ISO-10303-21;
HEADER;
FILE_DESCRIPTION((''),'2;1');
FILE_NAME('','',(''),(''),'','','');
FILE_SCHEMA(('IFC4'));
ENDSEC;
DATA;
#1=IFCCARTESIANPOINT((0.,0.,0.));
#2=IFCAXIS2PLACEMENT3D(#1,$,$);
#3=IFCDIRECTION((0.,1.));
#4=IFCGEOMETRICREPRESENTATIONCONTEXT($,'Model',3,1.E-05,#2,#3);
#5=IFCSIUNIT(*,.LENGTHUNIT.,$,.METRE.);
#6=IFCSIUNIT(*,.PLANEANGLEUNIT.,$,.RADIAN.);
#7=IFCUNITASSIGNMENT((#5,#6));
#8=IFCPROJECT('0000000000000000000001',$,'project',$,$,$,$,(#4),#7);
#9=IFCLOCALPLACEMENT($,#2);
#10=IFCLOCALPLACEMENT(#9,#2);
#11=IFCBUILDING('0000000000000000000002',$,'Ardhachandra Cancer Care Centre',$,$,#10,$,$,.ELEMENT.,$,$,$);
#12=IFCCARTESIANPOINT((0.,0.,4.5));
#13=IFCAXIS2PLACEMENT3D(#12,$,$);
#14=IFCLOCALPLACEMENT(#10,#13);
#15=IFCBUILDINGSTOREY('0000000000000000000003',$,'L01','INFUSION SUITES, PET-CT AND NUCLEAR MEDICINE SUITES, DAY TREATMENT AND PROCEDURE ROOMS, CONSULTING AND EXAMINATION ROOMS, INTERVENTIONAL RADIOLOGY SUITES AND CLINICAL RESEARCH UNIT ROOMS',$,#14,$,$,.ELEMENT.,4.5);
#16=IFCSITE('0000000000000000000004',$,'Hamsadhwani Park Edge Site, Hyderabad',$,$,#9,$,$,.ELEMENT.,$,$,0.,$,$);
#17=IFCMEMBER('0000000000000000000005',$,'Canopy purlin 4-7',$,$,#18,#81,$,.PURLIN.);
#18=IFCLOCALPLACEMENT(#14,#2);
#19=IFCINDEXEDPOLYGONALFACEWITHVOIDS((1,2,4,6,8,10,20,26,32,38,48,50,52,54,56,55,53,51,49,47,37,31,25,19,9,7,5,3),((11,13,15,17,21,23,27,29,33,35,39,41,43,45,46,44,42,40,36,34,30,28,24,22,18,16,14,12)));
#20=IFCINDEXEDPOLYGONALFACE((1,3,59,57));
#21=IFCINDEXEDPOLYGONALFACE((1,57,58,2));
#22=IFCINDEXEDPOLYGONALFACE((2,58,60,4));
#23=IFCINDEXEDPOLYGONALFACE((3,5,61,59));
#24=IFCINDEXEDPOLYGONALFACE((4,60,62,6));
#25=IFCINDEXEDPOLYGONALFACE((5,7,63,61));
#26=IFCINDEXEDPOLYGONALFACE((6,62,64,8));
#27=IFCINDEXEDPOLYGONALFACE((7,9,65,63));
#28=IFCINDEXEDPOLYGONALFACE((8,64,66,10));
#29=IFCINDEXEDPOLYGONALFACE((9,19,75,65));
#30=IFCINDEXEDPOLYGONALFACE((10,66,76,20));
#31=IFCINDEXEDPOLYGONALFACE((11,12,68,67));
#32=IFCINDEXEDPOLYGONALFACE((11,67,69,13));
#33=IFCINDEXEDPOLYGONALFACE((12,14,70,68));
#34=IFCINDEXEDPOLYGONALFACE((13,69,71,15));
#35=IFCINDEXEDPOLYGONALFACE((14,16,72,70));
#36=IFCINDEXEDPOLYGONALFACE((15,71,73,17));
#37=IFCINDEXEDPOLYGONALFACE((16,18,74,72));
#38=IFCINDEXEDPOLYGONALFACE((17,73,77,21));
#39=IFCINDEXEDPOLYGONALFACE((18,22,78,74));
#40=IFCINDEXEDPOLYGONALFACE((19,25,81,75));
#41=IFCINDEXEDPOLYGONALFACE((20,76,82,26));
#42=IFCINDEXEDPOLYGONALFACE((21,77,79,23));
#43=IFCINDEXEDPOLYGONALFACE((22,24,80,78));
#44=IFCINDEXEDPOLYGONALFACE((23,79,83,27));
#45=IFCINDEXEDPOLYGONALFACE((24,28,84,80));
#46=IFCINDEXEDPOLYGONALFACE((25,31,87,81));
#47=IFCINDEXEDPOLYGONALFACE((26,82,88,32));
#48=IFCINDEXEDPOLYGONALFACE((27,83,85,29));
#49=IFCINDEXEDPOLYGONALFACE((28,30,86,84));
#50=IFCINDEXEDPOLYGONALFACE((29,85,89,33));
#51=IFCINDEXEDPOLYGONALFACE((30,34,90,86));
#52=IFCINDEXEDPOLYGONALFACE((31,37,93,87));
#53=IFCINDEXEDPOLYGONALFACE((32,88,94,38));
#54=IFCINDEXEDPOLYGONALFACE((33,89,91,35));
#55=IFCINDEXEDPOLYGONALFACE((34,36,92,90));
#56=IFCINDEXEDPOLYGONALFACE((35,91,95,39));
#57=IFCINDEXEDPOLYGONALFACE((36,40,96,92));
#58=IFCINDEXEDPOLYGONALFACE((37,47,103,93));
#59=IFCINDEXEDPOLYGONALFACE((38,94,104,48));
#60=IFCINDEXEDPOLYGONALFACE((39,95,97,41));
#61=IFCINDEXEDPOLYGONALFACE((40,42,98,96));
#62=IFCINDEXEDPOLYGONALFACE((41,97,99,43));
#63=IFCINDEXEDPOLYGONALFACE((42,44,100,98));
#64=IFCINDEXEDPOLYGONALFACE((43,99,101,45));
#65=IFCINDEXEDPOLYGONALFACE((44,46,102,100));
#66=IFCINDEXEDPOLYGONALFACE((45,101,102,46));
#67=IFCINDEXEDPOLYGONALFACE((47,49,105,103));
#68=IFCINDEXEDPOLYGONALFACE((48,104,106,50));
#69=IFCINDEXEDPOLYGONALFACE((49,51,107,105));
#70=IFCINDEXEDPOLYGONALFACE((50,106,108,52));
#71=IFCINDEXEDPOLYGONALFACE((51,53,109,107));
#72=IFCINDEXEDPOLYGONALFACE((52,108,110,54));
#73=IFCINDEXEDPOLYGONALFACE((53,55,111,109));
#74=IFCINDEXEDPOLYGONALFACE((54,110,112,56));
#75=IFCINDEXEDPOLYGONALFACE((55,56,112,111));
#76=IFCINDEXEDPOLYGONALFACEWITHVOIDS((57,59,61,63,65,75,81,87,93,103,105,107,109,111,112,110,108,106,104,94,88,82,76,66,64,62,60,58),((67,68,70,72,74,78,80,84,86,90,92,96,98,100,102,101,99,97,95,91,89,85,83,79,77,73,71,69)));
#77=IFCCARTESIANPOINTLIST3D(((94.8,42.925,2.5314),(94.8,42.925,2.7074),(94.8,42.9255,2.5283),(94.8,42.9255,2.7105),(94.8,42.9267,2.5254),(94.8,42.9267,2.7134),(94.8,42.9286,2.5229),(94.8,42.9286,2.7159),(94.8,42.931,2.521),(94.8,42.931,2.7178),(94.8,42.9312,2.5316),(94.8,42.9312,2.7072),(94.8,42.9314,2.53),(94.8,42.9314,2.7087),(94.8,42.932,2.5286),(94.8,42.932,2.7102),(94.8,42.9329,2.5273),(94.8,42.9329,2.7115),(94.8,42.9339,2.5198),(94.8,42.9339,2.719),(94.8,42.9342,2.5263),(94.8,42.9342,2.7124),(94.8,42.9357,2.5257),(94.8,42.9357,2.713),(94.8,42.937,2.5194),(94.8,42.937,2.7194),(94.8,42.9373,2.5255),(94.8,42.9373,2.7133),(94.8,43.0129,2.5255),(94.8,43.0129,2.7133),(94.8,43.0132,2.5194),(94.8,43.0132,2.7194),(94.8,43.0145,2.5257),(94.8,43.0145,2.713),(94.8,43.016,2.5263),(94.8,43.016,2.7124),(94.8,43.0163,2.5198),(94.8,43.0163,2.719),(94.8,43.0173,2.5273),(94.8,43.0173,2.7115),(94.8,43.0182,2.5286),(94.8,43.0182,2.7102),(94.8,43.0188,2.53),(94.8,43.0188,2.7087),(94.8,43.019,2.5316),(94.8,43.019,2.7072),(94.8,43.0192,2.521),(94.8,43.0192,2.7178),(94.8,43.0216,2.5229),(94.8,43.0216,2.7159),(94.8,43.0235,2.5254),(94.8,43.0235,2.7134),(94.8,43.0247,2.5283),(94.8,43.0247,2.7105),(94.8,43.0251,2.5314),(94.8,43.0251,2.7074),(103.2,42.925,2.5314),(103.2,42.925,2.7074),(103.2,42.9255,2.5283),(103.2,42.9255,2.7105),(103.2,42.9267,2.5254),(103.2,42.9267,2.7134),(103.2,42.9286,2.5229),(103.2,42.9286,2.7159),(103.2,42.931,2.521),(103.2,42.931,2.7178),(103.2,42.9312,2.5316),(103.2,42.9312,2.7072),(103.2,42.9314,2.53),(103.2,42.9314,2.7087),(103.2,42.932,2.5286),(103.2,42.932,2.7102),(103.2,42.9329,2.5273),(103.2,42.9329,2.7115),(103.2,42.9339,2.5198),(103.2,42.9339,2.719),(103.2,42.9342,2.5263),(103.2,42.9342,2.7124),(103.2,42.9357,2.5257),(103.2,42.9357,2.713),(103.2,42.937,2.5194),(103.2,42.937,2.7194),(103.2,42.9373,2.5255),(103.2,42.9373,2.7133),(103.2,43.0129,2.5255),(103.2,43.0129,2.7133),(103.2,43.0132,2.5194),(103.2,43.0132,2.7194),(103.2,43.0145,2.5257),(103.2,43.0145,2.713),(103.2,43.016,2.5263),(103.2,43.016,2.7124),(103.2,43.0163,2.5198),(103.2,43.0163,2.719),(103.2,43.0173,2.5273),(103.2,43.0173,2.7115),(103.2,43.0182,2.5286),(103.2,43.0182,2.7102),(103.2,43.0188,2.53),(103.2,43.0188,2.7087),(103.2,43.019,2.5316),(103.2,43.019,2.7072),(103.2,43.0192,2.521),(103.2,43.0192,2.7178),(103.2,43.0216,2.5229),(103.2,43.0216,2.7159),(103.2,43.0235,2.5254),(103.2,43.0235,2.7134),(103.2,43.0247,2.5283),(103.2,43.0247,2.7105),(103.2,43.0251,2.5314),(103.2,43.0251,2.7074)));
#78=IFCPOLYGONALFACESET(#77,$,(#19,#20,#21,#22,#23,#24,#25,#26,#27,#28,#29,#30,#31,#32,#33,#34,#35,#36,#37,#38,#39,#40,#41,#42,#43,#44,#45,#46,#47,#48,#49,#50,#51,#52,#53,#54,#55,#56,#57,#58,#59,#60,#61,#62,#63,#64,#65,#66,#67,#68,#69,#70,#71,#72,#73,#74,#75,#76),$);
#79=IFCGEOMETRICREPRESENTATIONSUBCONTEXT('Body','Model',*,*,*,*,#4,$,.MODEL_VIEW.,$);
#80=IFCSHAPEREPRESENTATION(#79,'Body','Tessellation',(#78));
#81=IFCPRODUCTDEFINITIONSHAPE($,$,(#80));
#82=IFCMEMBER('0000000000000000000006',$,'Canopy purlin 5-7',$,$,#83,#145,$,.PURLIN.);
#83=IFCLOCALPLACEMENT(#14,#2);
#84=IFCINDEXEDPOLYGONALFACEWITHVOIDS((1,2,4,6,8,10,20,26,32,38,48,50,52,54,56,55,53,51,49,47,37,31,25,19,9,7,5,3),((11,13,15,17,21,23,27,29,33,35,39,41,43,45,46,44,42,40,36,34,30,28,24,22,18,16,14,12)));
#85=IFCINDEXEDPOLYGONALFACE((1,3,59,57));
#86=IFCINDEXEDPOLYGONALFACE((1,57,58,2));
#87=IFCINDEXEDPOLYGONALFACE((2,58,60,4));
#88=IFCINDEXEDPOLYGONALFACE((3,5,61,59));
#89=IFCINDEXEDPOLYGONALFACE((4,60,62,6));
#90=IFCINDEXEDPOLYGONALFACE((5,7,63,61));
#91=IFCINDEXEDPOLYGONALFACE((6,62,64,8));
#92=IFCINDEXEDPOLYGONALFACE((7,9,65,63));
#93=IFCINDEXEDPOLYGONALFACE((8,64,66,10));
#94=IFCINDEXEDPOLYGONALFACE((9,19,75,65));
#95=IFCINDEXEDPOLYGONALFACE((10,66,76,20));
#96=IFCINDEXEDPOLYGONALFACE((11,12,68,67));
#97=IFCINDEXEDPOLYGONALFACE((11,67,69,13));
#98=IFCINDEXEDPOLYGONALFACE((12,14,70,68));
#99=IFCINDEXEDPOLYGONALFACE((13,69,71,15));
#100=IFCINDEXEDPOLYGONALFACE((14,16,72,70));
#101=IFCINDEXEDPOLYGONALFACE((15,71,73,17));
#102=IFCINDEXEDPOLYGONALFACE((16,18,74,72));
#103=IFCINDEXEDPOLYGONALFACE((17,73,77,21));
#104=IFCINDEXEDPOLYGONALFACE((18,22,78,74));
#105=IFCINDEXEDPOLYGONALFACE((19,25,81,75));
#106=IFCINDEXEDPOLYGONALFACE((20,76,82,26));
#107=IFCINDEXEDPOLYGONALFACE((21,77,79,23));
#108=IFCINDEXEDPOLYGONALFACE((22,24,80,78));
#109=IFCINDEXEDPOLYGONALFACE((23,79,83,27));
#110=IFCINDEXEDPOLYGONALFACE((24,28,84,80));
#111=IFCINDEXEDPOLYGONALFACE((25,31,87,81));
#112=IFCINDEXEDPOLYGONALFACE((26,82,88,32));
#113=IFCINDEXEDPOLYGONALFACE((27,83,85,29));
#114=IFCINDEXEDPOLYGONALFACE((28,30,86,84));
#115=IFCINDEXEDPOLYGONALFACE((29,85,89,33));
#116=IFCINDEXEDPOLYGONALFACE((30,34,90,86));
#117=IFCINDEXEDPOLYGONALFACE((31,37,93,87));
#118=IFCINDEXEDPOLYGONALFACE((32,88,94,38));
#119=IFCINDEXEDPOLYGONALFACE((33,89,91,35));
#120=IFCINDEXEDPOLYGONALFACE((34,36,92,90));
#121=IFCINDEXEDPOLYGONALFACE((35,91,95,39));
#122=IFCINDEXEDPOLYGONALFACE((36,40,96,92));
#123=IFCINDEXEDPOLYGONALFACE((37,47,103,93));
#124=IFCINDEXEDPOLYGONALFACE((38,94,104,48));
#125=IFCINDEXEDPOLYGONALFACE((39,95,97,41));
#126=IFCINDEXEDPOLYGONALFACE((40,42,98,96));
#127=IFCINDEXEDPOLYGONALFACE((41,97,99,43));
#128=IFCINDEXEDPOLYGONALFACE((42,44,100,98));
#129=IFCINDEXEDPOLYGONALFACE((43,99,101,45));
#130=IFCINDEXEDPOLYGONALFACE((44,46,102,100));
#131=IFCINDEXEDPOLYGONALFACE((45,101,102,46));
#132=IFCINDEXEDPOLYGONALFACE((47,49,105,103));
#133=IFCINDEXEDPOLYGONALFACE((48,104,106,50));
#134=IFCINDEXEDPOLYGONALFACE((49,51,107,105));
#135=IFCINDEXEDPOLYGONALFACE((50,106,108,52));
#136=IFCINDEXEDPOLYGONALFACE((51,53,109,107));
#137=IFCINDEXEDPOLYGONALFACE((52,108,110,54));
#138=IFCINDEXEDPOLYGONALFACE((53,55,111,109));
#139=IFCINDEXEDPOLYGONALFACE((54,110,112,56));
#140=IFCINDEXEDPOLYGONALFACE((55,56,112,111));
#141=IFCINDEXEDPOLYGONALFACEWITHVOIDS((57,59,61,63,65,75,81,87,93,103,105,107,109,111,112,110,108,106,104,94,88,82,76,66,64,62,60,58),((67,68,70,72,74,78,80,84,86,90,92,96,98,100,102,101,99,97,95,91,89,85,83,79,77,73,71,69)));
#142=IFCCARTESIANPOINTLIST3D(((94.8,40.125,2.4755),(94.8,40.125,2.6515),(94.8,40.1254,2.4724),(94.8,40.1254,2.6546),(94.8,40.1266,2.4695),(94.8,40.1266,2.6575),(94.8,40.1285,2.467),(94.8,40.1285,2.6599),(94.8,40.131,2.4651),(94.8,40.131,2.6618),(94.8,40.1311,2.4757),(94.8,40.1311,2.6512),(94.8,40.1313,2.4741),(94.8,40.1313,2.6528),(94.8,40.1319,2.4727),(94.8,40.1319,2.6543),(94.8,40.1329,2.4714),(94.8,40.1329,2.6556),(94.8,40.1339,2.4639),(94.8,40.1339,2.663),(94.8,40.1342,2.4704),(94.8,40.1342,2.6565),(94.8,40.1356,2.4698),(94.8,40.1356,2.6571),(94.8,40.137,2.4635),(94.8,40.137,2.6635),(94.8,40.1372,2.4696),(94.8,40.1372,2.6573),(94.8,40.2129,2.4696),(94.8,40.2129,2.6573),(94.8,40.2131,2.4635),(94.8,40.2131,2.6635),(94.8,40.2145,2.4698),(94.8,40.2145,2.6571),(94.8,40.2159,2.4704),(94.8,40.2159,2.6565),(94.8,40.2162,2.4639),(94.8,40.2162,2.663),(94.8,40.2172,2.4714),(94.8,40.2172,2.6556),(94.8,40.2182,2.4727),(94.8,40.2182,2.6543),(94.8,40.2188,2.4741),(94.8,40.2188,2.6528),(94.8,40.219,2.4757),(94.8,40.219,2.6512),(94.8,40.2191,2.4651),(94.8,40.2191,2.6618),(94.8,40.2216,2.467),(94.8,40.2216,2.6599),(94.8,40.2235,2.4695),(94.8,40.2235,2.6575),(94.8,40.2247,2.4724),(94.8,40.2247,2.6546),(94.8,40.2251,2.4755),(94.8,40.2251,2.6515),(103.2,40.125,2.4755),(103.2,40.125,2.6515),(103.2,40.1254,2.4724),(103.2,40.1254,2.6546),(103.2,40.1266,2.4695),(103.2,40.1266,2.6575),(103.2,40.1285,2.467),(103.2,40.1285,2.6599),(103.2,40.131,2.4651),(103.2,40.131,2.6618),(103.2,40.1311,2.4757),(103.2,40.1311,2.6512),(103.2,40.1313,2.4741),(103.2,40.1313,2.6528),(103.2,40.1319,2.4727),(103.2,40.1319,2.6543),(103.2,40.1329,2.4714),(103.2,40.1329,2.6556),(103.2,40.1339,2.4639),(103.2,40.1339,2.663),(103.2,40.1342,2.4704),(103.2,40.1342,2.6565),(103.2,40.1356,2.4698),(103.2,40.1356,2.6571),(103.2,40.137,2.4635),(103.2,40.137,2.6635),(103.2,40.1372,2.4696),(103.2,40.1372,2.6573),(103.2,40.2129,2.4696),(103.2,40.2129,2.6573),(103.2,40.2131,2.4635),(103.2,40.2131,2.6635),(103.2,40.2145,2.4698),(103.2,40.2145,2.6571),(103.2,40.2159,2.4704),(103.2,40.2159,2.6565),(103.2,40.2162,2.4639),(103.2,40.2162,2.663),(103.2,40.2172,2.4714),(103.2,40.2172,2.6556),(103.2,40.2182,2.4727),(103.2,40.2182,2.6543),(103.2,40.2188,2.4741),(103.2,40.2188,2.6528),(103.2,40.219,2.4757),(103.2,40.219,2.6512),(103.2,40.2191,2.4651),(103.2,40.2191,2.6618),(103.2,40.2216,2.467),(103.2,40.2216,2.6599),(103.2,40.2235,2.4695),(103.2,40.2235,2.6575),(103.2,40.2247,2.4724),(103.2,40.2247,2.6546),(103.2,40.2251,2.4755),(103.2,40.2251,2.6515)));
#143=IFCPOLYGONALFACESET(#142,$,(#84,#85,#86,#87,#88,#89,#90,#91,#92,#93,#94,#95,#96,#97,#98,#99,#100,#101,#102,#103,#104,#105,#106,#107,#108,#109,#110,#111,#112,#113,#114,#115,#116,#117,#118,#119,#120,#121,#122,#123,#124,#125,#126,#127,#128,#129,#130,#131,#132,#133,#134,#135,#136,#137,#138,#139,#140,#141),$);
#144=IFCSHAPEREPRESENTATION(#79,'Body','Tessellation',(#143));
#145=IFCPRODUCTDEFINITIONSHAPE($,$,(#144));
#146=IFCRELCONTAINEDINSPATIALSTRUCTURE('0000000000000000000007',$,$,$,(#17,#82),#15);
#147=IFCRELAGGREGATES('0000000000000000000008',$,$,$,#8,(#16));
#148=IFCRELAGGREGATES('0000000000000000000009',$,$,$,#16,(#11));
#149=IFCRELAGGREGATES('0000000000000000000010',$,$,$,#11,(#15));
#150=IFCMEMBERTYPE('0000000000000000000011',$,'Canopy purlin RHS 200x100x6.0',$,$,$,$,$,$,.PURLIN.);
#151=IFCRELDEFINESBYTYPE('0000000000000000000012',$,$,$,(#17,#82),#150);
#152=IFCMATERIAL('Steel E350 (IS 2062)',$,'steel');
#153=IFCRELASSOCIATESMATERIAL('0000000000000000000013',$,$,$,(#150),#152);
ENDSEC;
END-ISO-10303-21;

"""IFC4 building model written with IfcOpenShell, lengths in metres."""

from ifc_helpers import new_model, si_unit, direction, frame, origin, origin_2d, place, context, subcontext, project, spatial, hollow_rectangle, extrude, material, material_profile, profile_set, type_object, element, save


model = new_model("IFC4")

# Units and contexts
model_context = context("Model", 3, precision=1e-05, world=origin(), true_north=direction((0.0, 1.0)))
body_context = subcontext(model_context, "Body", "Model", "MODEL_VIEW")
ifc_project = project(units=[si_unit("LENGTHUNIT", "METRE"), si_unit("PLANEANGLEUNIT", "RADIAN")], contexts=[model_context])

# Site, building, storey
site_placement = place(None, origin())
site = spatial("IfcSite", under=ifc_project, at=site_placement, Name="Hamsadhwani Park Edge Site, Hyderabad", CompositionType="ELEMENT", RefElevation=0.0)
building_placement = place(site_placement, origin())
building = spatial("IfcBuilding", under=site, at=building_placement, Name="Ardhachandra Cancer Care Centre", CompositionType="ELEMENT")
storey_placement = place(building_placement, frame((0.0, 0.0, 4.5)))
storey = spatial("IfcBuildingStorey", under=building, at=storey_placement, Name="L01", Description="INFUSION SUITES, PET-CT AND NUCLEAR MEDICINE SUITES, DAY TREATMENT AND PROCEDURE ROOMS, CONSULTING AND EXAMINATION ROOMS, INTERVENTIONAL RADIOLOGY SUITES AND CLINICAL RESEARCH UNIT ROOMS", CompositionType="ELEMENT", Elevation=4.5)

# Members
ifc_material_1 = material(Name="Steel E350 (IS 2062)", Category="steel")
ifc_material_profile_1 = material_profile(ifc_material_1, hollow_rectangle(XDim=0.1001, YDim=0.2, WallThickness=0.0061, InnerFilletRadius=0.0061, OuterFilletRadius=0.012, at=origin_2d()), Name="RHS 200x100x6.0")
ifc_profile_set_1 = profile_set([ifc_material_profile_1], Name="Steel E350 (IS 2062)")
member_type_1 = type_object("IfcMemberType", Name="Canopy purlin RHS 200x100x6.0", PredefinedType="PURLIN", material=ifc_profile_set_1)
for number, where, z_axis, x_axis, name in (
    (1, (94.8, 42.9751, 2.6194), (1.0, 0.0, 0.0), (0.0, 1.0, 0.0), "Canopy purlin 4-7"),
    (2, (94.8, 40.175, 2.5635), (1.0, 0.0, 0.0), (0.0, 1.0, 0.0), "Canopy purlin 5-7"),
):
    element("IfcMember", number, at=place(storey_placement, frame(where, z_axis=z_axis, x_axis=x_axis)), inside=storey, type_object=member_type_1, Name=name, PredefinedType="PURLIN", context=body_context, shape_type="SweptSolid", body=[
        extrude(hollow_rectangle(XDim=0.1001, YDim=0.2, WallThickness=0.0061, InnerFilletRadius=0.0061, OuterFilletRadius=0.012, at=origin_2d()), origin(), (0.0, 0.0, 1.0), 8.3999),
    ])

save(model, "model.ifc")
